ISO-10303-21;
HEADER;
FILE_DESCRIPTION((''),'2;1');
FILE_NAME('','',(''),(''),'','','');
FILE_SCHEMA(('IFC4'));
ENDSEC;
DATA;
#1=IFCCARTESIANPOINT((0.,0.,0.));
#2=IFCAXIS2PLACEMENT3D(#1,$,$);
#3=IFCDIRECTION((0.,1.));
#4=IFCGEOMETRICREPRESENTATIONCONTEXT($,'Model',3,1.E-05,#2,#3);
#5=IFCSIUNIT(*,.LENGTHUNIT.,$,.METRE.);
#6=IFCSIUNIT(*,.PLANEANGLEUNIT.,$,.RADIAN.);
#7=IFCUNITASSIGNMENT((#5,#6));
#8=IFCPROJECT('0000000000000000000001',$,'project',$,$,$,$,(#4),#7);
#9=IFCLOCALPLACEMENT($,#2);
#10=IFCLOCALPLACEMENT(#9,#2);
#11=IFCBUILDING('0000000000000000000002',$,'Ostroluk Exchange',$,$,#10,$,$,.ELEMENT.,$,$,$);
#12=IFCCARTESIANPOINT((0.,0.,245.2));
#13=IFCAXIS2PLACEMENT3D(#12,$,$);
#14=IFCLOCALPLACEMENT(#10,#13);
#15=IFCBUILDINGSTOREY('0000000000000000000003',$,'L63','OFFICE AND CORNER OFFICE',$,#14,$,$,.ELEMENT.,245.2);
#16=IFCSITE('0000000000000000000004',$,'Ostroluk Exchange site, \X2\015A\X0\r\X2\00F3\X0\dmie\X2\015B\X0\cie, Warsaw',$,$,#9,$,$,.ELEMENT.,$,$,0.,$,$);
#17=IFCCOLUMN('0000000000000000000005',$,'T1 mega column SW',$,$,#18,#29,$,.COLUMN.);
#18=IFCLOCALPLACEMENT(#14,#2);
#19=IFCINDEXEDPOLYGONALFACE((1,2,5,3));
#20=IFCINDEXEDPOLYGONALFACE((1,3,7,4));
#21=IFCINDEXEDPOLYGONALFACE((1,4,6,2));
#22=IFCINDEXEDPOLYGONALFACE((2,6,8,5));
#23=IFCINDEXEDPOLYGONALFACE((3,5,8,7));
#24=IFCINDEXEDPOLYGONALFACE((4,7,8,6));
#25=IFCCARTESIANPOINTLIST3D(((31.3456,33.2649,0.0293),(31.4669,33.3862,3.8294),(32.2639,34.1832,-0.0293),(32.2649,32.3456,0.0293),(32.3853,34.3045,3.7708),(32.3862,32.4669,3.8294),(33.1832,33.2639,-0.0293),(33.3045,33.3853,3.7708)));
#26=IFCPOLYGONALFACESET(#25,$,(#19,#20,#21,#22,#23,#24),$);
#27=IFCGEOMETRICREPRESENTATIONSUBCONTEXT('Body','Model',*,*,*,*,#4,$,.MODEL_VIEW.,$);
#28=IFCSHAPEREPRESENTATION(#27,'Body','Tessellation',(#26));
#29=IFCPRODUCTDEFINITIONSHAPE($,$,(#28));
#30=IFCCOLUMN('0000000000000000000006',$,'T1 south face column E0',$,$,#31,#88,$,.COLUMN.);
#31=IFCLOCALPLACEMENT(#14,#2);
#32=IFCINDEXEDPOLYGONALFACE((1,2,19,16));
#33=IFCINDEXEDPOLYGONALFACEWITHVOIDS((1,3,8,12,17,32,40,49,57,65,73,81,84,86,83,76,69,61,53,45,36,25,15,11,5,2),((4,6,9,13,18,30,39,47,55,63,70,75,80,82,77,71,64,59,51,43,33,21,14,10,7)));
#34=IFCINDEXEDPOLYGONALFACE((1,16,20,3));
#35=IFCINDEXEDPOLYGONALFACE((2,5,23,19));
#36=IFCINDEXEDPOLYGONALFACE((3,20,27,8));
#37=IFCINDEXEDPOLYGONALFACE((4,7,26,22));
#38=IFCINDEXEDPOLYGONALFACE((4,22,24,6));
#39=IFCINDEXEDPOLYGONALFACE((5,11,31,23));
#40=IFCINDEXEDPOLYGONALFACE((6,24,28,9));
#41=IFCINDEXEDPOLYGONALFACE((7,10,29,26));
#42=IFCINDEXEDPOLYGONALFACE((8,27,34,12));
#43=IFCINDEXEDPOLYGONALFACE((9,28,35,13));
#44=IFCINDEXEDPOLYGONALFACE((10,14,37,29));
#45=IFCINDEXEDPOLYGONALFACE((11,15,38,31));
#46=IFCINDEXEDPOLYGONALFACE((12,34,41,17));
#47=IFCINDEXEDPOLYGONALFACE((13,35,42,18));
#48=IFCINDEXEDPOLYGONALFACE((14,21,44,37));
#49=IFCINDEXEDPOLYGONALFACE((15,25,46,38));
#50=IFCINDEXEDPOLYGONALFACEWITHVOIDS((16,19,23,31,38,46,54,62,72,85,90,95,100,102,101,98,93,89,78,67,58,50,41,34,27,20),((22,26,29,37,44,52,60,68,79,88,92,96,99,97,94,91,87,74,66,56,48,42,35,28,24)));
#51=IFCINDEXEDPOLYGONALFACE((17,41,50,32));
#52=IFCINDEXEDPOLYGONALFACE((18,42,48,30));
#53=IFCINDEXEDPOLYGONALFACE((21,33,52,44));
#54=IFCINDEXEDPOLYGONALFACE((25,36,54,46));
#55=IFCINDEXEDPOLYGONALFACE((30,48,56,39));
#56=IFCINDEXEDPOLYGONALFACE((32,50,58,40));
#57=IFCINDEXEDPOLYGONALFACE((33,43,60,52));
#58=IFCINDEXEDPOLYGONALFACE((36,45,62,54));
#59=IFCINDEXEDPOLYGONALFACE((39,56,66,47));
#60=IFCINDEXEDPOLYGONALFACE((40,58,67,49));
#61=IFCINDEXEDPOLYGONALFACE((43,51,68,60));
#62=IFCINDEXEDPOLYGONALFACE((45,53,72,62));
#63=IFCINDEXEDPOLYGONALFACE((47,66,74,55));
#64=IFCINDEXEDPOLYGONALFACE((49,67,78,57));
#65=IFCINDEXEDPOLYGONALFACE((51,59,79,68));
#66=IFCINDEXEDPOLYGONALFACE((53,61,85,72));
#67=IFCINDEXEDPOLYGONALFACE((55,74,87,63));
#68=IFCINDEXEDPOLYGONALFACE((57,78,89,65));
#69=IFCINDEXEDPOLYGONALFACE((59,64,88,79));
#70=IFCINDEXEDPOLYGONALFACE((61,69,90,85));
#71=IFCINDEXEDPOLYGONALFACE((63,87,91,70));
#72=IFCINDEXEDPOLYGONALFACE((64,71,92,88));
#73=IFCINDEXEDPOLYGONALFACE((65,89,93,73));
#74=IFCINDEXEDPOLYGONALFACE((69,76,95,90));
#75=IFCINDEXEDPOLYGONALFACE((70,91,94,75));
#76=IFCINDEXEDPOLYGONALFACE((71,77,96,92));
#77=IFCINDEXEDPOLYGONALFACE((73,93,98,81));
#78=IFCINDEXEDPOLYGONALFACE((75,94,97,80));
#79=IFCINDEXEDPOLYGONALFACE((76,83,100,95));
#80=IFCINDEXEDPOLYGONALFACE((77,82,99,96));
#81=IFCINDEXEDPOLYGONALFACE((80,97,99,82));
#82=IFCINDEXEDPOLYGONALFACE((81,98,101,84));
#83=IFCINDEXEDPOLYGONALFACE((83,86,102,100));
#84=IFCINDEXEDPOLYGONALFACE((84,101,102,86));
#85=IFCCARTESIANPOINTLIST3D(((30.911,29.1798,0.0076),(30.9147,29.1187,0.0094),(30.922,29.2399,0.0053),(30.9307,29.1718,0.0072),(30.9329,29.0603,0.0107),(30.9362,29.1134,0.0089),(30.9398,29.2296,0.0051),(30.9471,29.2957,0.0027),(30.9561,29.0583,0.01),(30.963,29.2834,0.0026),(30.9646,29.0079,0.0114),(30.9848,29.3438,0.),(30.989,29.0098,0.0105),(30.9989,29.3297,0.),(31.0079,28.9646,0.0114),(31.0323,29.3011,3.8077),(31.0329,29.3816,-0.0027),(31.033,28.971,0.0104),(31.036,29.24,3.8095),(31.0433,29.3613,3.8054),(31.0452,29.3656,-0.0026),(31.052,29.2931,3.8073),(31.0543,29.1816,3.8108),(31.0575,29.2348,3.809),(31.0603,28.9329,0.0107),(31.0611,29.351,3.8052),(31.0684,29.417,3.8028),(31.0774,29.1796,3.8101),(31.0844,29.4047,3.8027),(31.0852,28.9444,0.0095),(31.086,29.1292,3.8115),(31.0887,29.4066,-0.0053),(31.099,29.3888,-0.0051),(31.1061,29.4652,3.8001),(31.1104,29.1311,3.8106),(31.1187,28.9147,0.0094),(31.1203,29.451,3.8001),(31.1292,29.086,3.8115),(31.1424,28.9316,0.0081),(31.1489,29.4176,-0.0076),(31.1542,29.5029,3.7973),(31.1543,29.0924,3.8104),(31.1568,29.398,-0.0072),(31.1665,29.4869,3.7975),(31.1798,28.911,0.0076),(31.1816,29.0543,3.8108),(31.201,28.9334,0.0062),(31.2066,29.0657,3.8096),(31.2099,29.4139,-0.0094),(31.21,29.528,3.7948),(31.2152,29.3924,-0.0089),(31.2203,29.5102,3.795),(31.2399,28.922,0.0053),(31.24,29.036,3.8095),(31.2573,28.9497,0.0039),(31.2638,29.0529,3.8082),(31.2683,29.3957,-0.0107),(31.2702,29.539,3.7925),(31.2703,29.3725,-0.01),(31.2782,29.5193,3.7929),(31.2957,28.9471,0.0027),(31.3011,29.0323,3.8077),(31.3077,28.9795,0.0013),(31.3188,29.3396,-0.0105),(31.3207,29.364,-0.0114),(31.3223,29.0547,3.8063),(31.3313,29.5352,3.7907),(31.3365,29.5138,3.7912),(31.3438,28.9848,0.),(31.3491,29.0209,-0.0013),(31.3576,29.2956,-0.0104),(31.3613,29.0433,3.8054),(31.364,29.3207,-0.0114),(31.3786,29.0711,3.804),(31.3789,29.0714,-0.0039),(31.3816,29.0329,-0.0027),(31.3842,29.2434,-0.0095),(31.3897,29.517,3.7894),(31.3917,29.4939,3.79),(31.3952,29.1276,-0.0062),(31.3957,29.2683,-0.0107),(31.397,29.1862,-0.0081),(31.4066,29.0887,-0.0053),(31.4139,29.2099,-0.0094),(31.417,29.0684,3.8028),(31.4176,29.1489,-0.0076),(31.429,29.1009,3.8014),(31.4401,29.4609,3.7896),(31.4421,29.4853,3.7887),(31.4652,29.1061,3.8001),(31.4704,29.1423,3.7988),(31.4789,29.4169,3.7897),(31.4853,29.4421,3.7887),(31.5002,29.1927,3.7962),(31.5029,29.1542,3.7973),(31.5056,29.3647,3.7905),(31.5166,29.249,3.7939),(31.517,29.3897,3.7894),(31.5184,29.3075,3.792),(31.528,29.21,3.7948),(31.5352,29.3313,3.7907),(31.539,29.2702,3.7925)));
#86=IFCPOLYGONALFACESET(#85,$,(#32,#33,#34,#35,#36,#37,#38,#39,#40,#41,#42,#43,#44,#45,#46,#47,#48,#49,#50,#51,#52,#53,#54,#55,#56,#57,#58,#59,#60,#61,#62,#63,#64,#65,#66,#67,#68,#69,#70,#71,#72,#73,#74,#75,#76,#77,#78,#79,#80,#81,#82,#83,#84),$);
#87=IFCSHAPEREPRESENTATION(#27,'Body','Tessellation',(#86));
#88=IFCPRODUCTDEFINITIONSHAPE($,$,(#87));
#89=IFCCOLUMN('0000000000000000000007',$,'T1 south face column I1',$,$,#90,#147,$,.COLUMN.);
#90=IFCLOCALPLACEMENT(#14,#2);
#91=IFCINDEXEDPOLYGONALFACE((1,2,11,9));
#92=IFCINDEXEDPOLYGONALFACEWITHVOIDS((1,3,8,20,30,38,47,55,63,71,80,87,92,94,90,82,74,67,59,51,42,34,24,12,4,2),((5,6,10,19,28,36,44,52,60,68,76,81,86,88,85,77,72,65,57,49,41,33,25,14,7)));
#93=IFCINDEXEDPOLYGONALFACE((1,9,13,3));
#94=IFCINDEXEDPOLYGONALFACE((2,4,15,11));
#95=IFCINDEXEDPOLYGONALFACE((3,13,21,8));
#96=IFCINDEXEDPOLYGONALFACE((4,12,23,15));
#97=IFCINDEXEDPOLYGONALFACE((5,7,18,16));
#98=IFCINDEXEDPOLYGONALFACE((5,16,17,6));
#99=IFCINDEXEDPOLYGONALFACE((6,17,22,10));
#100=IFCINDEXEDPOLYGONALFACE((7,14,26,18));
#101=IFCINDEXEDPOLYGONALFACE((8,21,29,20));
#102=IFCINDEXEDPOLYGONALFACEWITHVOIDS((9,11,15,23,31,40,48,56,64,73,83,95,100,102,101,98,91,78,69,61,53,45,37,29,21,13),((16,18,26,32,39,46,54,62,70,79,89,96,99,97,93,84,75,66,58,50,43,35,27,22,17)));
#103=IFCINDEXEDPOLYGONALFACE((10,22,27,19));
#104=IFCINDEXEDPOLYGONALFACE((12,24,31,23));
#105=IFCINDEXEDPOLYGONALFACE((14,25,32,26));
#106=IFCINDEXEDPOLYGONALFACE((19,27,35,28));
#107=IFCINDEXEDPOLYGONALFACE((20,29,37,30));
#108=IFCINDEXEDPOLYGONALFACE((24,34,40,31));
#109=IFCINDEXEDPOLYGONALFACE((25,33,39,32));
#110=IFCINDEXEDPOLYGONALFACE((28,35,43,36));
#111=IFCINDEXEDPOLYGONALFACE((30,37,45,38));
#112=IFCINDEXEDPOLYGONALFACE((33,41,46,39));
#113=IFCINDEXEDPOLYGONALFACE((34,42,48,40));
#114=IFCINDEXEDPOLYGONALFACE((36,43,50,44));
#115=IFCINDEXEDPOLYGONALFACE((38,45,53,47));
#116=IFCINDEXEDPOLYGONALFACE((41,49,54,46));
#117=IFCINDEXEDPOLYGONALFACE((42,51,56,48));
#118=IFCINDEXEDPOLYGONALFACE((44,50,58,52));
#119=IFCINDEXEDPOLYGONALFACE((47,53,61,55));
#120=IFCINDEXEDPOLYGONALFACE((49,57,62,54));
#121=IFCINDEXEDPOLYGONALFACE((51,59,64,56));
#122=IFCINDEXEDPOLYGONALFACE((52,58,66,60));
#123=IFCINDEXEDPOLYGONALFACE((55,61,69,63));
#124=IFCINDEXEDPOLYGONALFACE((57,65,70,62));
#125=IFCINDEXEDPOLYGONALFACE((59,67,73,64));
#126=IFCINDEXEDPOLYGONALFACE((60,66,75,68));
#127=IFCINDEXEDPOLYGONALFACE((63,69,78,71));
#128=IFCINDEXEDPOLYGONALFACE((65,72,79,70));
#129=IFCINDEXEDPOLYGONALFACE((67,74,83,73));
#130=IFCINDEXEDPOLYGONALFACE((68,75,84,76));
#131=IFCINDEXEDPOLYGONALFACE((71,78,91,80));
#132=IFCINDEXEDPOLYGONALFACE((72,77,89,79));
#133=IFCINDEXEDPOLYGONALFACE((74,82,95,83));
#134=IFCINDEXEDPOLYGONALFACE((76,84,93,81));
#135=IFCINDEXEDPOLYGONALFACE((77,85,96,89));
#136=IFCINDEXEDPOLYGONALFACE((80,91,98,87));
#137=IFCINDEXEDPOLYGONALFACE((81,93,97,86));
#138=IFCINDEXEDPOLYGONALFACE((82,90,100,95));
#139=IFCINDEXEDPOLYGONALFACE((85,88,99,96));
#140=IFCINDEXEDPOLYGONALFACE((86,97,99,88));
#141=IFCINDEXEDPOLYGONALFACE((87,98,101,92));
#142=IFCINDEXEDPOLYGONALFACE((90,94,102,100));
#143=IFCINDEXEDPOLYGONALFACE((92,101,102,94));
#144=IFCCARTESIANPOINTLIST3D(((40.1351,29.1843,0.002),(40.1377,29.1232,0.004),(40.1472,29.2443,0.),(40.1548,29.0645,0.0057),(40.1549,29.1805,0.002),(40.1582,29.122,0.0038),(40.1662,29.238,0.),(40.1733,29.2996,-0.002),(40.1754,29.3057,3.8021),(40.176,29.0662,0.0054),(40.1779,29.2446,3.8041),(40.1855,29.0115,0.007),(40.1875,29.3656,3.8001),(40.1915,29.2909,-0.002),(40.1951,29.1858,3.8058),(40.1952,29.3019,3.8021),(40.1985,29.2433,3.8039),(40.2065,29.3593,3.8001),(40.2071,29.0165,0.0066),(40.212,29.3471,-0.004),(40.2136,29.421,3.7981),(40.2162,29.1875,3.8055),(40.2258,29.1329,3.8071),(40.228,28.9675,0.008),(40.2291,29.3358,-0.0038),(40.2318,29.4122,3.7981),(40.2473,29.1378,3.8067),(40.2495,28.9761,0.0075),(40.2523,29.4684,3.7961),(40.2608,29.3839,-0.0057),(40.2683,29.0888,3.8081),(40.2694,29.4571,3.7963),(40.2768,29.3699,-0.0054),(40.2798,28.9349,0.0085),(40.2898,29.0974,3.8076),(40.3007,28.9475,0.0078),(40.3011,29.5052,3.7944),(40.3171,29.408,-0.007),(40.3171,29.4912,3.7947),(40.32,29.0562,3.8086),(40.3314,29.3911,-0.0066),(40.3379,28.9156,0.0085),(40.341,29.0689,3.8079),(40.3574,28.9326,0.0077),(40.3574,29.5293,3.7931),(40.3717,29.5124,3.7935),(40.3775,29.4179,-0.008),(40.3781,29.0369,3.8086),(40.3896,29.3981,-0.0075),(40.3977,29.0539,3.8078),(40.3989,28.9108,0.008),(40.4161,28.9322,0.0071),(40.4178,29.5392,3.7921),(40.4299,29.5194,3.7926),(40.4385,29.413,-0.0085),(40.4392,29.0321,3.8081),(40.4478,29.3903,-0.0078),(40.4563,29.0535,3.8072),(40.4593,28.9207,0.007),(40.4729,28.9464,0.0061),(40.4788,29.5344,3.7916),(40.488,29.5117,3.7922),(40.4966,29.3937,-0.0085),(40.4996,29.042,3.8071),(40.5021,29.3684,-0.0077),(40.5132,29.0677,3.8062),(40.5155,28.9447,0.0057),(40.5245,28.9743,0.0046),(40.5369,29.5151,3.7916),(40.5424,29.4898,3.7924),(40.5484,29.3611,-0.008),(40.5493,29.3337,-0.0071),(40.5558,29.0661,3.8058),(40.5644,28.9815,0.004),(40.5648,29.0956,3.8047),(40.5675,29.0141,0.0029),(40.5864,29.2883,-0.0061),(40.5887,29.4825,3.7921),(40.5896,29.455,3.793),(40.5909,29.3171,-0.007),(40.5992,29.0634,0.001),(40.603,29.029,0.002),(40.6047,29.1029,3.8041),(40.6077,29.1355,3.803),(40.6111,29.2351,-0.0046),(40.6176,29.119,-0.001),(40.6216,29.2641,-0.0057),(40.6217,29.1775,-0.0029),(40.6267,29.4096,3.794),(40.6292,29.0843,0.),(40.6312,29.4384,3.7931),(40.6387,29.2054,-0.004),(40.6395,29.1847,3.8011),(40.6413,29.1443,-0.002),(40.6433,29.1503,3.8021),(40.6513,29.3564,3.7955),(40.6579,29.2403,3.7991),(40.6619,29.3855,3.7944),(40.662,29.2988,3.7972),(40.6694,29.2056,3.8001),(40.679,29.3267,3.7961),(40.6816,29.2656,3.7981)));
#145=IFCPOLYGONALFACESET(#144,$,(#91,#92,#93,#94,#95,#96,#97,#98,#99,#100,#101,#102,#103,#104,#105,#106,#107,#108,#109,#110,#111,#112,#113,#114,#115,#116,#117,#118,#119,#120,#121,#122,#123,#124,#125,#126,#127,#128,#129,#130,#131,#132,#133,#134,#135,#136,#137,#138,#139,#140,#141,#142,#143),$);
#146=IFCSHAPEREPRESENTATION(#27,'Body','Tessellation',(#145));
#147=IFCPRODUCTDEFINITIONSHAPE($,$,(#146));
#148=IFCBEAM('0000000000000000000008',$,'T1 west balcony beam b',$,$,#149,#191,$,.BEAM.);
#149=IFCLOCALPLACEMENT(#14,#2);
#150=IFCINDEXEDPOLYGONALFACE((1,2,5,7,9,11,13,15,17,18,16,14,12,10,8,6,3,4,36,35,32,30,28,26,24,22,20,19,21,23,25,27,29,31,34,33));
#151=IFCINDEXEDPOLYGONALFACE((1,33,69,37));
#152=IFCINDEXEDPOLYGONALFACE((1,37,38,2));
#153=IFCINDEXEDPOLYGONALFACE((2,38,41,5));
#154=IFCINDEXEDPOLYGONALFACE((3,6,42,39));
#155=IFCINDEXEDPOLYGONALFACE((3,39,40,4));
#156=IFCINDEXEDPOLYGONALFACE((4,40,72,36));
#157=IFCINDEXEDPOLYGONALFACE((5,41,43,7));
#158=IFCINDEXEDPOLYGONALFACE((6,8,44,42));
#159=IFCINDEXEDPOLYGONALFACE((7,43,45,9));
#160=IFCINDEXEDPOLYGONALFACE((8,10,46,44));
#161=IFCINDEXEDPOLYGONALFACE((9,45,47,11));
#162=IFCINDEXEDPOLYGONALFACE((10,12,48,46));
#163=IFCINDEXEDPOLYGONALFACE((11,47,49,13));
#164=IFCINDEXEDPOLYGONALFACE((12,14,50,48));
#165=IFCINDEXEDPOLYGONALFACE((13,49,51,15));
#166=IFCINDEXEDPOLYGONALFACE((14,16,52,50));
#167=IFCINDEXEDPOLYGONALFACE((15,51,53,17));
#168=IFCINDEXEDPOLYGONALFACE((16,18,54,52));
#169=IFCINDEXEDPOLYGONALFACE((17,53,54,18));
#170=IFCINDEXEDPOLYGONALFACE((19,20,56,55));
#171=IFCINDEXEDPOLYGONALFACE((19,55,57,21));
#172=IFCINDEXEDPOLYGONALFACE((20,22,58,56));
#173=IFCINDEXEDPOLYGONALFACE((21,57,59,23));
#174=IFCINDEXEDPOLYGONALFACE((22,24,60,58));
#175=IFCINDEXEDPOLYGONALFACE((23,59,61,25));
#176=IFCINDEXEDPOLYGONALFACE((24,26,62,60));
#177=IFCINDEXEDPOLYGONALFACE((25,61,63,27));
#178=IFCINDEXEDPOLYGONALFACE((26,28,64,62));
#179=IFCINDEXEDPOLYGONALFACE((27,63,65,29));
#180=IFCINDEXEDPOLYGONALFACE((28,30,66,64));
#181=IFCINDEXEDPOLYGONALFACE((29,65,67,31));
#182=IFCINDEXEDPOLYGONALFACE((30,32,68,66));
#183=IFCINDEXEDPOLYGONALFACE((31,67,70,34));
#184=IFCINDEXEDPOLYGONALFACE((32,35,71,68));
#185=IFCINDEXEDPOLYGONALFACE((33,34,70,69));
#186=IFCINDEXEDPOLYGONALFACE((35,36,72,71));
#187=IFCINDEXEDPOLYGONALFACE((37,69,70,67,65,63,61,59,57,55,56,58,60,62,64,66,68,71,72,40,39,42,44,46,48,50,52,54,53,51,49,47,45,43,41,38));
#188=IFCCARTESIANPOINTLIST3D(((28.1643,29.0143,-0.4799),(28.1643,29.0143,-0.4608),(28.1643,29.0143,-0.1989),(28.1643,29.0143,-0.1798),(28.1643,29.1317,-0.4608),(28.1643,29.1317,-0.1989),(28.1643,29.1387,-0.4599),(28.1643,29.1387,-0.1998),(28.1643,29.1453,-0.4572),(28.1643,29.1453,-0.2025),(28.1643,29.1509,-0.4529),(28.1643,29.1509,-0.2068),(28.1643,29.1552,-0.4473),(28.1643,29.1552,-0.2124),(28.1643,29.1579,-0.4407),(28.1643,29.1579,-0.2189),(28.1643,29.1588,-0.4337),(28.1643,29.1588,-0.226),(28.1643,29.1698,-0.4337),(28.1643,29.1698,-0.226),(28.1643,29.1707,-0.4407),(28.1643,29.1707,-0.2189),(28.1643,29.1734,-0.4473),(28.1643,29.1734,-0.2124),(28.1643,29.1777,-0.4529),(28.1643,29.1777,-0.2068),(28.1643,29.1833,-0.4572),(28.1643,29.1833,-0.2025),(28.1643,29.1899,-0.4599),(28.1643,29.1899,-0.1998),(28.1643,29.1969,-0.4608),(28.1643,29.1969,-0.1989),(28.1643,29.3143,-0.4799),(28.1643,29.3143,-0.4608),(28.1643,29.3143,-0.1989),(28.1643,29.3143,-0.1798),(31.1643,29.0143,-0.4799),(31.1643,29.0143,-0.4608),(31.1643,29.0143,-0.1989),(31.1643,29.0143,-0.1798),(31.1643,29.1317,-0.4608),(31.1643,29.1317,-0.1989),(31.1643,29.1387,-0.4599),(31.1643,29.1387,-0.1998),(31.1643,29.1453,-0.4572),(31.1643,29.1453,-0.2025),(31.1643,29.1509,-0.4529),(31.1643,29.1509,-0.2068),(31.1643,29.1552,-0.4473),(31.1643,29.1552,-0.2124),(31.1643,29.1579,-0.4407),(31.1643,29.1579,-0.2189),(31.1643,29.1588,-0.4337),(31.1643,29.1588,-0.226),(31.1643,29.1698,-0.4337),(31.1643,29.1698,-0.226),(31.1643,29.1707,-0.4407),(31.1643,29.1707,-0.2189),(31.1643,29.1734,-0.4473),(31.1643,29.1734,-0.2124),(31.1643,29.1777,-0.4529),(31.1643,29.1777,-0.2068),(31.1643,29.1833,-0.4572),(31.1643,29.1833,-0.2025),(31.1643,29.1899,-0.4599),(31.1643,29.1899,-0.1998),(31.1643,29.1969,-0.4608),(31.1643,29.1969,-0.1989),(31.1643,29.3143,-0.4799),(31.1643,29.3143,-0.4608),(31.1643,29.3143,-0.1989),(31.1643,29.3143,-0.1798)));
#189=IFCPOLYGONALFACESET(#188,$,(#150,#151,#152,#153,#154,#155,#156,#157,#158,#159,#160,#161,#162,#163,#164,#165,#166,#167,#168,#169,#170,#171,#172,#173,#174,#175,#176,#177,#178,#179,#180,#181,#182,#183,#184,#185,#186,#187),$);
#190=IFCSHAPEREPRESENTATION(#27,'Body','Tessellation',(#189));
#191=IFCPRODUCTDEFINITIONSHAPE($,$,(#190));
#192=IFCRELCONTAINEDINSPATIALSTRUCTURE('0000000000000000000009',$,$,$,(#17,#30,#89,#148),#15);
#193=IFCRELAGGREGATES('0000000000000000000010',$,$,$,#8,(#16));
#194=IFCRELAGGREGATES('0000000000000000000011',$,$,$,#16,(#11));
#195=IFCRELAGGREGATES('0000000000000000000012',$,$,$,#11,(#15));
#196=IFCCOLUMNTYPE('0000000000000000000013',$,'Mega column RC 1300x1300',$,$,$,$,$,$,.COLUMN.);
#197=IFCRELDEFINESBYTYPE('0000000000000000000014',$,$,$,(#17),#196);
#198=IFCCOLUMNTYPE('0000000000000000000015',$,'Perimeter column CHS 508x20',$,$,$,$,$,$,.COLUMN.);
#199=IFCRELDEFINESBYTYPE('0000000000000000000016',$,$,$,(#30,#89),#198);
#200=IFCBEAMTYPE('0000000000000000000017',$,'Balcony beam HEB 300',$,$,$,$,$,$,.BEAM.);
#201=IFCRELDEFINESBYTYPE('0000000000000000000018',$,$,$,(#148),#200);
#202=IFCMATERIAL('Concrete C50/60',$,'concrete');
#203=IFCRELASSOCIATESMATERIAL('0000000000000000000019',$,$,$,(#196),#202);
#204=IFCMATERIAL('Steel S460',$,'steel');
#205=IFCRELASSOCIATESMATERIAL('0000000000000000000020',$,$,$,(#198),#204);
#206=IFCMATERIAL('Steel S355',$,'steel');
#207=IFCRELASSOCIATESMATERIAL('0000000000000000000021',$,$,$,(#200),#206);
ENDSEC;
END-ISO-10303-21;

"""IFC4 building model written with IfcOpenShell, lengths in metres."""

from ifc_helpers import new_model, si_unit, direction, frame, origin, origin_2d, place, context, subcontext, project, spatial, rectangle, hollow_circle, i_section, extrude, material, material_profile, profile_set, type_object, element, save


model = new_model("IFC4")

# Units and contexts
model_context = context("Model", 3, precision=1e-05, world=origin(), true_north=direction((0.0, 1.0)))
body_context = subcontext(model_context, "Body", "Model", "MODEL_VIEW")
ifc_project = project(units=[si_unit("LENGTHUNIT", "METRE"), si_unit("PLANEANGLEUNIT", "RADIAN")], contexts=[model_context])

# Site, building, storey
site_placement = place(None, origin())
site = spatial("IfcSite", under=ifc_project, at=site_placement, Name="Ostroluk Exchange site, Śródmieście, Warsaw", CompositionType="ELEMENT", RefElevation=0.0)
building_placement = place(site_placement, origin())
building = spatial("IfcBuilding", under=site, at=building_placement, Name="Ostroluk Exchange", CompositionType="ELEMENT")
storey_placement = place(building_placement, frame((0.0, 0.0, 245.2)))
storey = spatial("IfcBuildingStorey", under=building, at=storey_placement, Name="L63", Description="OFFICE AND CORNER OFFICE", CompositionType="ELEMENT", Elevation=245.2)

# Columns
ifc_material_1 = material(Name="Concrete C50/60", Category="concrete")
ifc_material_profile_1 = material_profile(ifc_material_1, rectangle(XDim=1.3, YDim=1.3, at=origin_2d()), Name="RC 1300x1300")
ifc_profile_set_1 = profile_set([ifc_material_profile_1], Name="Concrete C50/60")
column_type_1 = type_object("IfcColumnType", Name="Mega column RC 1300x1300", PredefinedType="COLUMN", material=ifc_profile_set_1)
column_1_placement = place(storey_placement, frame((32.2644, 33.2644, 0.0), z_axis=(0.031898, 0.031898, 0.998982), x_axis=(-0.707107, 0.707107, 0.0)))
element("IfcColumn", 1, at=column_1_placement, inside=storey, type_object=column_type_1, Name="T1 mega column SW", PredefinedType="COLUMN", context=body_context, shape_type="SweptSolid", body=[
    extrude(rectangle(XDim=1.3, YDim=1.3, at=origin_2d()), origin(), (0.0, 0.0, 1.0), 3.804),
])
ifc_material_2 = material(Name="Steel S460", Category="steel")
ifc_material_profile_2 = material_profile(ifc_material_2, hollow_circle(Radius=0.2539, WallThickness=0.02, at=origin_2d()), Name="CHS 508x20")
ifc_profile_set_2 = profile_set([ifc_material_profile_2], Name="Steel S460")
column_type_2 = type_object("IfcColumnType", Name="Perimeter column CHS 508x20", PredefinedType="COLUMN", material=ifc_profile_set_2)
column_2_placement = place(storey_placement, frame((31.1643, 29.1643, 0.0), z_axis=(0.031898, 0.031898, 0.998982), x_axis=(-0.707107, 0.707107, 0.0)))
element("IfcColumn", 2, at=column_2_placement, inside=storey, type_object=column_type_2, Name="T1 south face column E0", PredefinedType="COLUMN", context=body_context, shape_type="SweptSolid", body=[
    extrude(hollow_circle(Radius=0.2539, WallThickness=0.02, at=origin_2d()), origin(), (0.0, 0.0, 1.0), 3.804),
])
column_3_placement = place(storey_placement, frame((40.3882, 29.1643, 0.0), z_axis=(0.010595, 0.031913, 0.999435), x_axis=(-0.949065, 0.315082, 0.0)))
element("IfcColumn", 3, at=column_3_placement, inside=storey, type_object=column_type_2, Name="T1 south face column I1", PredefinedType="COLUMN", context=body_context, shape_type="SweptSolid", body=[
    extrude(hollow_circle(Radius=0.2539, WallThickness=0.02, at=origin_2d()), origin(), (0.0, 0.0, 1.0), 3.8022),
])

# Beam
ifc_material_3 = material(Name="Steel S355", Category="steel")
ifc_material_profile_3 = material_profile(ifc_material_3, i_section(OverallWidth=0.3, OverallDepth=0.3, WebThickness=0.011, FlangeThickness=0.019, FilletRadius=0.0271, at=origin_2d()), Name="HEB 300")
ifc_profile_set_3 = profile_set([ifc_material_profile_3], Name="Steel S355")
beam_type_1 = type_object("IfcBeamType", Name="Balcony beam HEB 300", PredefinedType="BEAM", material=ifc_profile_set_3)
beam_1_placement = place(storey_placement, frame((31.1643, 29.1643, -0.3298), z_axis=(-1.0, 0.0, 0.0), x_axis=(0.0, -1.0, 0.0)))
element("IfcBeam", 4, at=beam_1_placement, inside=storey, type_object=beam_type_1, Name="T1 west balcony beam b", PredefinedType="BEAM", context=body_context, shape_type="SweptSolid", body=[
    extrude(i_section(OverallWidth=0.3, OverallDepth=0.3, WebThickness=0.011, FlangeThickness=0.019, FilletRadius=0.0271, at=origin_2d()), origin(), (0.0, 0.0, 1.0), 3.0),
])

save(model, "model.ifc")
